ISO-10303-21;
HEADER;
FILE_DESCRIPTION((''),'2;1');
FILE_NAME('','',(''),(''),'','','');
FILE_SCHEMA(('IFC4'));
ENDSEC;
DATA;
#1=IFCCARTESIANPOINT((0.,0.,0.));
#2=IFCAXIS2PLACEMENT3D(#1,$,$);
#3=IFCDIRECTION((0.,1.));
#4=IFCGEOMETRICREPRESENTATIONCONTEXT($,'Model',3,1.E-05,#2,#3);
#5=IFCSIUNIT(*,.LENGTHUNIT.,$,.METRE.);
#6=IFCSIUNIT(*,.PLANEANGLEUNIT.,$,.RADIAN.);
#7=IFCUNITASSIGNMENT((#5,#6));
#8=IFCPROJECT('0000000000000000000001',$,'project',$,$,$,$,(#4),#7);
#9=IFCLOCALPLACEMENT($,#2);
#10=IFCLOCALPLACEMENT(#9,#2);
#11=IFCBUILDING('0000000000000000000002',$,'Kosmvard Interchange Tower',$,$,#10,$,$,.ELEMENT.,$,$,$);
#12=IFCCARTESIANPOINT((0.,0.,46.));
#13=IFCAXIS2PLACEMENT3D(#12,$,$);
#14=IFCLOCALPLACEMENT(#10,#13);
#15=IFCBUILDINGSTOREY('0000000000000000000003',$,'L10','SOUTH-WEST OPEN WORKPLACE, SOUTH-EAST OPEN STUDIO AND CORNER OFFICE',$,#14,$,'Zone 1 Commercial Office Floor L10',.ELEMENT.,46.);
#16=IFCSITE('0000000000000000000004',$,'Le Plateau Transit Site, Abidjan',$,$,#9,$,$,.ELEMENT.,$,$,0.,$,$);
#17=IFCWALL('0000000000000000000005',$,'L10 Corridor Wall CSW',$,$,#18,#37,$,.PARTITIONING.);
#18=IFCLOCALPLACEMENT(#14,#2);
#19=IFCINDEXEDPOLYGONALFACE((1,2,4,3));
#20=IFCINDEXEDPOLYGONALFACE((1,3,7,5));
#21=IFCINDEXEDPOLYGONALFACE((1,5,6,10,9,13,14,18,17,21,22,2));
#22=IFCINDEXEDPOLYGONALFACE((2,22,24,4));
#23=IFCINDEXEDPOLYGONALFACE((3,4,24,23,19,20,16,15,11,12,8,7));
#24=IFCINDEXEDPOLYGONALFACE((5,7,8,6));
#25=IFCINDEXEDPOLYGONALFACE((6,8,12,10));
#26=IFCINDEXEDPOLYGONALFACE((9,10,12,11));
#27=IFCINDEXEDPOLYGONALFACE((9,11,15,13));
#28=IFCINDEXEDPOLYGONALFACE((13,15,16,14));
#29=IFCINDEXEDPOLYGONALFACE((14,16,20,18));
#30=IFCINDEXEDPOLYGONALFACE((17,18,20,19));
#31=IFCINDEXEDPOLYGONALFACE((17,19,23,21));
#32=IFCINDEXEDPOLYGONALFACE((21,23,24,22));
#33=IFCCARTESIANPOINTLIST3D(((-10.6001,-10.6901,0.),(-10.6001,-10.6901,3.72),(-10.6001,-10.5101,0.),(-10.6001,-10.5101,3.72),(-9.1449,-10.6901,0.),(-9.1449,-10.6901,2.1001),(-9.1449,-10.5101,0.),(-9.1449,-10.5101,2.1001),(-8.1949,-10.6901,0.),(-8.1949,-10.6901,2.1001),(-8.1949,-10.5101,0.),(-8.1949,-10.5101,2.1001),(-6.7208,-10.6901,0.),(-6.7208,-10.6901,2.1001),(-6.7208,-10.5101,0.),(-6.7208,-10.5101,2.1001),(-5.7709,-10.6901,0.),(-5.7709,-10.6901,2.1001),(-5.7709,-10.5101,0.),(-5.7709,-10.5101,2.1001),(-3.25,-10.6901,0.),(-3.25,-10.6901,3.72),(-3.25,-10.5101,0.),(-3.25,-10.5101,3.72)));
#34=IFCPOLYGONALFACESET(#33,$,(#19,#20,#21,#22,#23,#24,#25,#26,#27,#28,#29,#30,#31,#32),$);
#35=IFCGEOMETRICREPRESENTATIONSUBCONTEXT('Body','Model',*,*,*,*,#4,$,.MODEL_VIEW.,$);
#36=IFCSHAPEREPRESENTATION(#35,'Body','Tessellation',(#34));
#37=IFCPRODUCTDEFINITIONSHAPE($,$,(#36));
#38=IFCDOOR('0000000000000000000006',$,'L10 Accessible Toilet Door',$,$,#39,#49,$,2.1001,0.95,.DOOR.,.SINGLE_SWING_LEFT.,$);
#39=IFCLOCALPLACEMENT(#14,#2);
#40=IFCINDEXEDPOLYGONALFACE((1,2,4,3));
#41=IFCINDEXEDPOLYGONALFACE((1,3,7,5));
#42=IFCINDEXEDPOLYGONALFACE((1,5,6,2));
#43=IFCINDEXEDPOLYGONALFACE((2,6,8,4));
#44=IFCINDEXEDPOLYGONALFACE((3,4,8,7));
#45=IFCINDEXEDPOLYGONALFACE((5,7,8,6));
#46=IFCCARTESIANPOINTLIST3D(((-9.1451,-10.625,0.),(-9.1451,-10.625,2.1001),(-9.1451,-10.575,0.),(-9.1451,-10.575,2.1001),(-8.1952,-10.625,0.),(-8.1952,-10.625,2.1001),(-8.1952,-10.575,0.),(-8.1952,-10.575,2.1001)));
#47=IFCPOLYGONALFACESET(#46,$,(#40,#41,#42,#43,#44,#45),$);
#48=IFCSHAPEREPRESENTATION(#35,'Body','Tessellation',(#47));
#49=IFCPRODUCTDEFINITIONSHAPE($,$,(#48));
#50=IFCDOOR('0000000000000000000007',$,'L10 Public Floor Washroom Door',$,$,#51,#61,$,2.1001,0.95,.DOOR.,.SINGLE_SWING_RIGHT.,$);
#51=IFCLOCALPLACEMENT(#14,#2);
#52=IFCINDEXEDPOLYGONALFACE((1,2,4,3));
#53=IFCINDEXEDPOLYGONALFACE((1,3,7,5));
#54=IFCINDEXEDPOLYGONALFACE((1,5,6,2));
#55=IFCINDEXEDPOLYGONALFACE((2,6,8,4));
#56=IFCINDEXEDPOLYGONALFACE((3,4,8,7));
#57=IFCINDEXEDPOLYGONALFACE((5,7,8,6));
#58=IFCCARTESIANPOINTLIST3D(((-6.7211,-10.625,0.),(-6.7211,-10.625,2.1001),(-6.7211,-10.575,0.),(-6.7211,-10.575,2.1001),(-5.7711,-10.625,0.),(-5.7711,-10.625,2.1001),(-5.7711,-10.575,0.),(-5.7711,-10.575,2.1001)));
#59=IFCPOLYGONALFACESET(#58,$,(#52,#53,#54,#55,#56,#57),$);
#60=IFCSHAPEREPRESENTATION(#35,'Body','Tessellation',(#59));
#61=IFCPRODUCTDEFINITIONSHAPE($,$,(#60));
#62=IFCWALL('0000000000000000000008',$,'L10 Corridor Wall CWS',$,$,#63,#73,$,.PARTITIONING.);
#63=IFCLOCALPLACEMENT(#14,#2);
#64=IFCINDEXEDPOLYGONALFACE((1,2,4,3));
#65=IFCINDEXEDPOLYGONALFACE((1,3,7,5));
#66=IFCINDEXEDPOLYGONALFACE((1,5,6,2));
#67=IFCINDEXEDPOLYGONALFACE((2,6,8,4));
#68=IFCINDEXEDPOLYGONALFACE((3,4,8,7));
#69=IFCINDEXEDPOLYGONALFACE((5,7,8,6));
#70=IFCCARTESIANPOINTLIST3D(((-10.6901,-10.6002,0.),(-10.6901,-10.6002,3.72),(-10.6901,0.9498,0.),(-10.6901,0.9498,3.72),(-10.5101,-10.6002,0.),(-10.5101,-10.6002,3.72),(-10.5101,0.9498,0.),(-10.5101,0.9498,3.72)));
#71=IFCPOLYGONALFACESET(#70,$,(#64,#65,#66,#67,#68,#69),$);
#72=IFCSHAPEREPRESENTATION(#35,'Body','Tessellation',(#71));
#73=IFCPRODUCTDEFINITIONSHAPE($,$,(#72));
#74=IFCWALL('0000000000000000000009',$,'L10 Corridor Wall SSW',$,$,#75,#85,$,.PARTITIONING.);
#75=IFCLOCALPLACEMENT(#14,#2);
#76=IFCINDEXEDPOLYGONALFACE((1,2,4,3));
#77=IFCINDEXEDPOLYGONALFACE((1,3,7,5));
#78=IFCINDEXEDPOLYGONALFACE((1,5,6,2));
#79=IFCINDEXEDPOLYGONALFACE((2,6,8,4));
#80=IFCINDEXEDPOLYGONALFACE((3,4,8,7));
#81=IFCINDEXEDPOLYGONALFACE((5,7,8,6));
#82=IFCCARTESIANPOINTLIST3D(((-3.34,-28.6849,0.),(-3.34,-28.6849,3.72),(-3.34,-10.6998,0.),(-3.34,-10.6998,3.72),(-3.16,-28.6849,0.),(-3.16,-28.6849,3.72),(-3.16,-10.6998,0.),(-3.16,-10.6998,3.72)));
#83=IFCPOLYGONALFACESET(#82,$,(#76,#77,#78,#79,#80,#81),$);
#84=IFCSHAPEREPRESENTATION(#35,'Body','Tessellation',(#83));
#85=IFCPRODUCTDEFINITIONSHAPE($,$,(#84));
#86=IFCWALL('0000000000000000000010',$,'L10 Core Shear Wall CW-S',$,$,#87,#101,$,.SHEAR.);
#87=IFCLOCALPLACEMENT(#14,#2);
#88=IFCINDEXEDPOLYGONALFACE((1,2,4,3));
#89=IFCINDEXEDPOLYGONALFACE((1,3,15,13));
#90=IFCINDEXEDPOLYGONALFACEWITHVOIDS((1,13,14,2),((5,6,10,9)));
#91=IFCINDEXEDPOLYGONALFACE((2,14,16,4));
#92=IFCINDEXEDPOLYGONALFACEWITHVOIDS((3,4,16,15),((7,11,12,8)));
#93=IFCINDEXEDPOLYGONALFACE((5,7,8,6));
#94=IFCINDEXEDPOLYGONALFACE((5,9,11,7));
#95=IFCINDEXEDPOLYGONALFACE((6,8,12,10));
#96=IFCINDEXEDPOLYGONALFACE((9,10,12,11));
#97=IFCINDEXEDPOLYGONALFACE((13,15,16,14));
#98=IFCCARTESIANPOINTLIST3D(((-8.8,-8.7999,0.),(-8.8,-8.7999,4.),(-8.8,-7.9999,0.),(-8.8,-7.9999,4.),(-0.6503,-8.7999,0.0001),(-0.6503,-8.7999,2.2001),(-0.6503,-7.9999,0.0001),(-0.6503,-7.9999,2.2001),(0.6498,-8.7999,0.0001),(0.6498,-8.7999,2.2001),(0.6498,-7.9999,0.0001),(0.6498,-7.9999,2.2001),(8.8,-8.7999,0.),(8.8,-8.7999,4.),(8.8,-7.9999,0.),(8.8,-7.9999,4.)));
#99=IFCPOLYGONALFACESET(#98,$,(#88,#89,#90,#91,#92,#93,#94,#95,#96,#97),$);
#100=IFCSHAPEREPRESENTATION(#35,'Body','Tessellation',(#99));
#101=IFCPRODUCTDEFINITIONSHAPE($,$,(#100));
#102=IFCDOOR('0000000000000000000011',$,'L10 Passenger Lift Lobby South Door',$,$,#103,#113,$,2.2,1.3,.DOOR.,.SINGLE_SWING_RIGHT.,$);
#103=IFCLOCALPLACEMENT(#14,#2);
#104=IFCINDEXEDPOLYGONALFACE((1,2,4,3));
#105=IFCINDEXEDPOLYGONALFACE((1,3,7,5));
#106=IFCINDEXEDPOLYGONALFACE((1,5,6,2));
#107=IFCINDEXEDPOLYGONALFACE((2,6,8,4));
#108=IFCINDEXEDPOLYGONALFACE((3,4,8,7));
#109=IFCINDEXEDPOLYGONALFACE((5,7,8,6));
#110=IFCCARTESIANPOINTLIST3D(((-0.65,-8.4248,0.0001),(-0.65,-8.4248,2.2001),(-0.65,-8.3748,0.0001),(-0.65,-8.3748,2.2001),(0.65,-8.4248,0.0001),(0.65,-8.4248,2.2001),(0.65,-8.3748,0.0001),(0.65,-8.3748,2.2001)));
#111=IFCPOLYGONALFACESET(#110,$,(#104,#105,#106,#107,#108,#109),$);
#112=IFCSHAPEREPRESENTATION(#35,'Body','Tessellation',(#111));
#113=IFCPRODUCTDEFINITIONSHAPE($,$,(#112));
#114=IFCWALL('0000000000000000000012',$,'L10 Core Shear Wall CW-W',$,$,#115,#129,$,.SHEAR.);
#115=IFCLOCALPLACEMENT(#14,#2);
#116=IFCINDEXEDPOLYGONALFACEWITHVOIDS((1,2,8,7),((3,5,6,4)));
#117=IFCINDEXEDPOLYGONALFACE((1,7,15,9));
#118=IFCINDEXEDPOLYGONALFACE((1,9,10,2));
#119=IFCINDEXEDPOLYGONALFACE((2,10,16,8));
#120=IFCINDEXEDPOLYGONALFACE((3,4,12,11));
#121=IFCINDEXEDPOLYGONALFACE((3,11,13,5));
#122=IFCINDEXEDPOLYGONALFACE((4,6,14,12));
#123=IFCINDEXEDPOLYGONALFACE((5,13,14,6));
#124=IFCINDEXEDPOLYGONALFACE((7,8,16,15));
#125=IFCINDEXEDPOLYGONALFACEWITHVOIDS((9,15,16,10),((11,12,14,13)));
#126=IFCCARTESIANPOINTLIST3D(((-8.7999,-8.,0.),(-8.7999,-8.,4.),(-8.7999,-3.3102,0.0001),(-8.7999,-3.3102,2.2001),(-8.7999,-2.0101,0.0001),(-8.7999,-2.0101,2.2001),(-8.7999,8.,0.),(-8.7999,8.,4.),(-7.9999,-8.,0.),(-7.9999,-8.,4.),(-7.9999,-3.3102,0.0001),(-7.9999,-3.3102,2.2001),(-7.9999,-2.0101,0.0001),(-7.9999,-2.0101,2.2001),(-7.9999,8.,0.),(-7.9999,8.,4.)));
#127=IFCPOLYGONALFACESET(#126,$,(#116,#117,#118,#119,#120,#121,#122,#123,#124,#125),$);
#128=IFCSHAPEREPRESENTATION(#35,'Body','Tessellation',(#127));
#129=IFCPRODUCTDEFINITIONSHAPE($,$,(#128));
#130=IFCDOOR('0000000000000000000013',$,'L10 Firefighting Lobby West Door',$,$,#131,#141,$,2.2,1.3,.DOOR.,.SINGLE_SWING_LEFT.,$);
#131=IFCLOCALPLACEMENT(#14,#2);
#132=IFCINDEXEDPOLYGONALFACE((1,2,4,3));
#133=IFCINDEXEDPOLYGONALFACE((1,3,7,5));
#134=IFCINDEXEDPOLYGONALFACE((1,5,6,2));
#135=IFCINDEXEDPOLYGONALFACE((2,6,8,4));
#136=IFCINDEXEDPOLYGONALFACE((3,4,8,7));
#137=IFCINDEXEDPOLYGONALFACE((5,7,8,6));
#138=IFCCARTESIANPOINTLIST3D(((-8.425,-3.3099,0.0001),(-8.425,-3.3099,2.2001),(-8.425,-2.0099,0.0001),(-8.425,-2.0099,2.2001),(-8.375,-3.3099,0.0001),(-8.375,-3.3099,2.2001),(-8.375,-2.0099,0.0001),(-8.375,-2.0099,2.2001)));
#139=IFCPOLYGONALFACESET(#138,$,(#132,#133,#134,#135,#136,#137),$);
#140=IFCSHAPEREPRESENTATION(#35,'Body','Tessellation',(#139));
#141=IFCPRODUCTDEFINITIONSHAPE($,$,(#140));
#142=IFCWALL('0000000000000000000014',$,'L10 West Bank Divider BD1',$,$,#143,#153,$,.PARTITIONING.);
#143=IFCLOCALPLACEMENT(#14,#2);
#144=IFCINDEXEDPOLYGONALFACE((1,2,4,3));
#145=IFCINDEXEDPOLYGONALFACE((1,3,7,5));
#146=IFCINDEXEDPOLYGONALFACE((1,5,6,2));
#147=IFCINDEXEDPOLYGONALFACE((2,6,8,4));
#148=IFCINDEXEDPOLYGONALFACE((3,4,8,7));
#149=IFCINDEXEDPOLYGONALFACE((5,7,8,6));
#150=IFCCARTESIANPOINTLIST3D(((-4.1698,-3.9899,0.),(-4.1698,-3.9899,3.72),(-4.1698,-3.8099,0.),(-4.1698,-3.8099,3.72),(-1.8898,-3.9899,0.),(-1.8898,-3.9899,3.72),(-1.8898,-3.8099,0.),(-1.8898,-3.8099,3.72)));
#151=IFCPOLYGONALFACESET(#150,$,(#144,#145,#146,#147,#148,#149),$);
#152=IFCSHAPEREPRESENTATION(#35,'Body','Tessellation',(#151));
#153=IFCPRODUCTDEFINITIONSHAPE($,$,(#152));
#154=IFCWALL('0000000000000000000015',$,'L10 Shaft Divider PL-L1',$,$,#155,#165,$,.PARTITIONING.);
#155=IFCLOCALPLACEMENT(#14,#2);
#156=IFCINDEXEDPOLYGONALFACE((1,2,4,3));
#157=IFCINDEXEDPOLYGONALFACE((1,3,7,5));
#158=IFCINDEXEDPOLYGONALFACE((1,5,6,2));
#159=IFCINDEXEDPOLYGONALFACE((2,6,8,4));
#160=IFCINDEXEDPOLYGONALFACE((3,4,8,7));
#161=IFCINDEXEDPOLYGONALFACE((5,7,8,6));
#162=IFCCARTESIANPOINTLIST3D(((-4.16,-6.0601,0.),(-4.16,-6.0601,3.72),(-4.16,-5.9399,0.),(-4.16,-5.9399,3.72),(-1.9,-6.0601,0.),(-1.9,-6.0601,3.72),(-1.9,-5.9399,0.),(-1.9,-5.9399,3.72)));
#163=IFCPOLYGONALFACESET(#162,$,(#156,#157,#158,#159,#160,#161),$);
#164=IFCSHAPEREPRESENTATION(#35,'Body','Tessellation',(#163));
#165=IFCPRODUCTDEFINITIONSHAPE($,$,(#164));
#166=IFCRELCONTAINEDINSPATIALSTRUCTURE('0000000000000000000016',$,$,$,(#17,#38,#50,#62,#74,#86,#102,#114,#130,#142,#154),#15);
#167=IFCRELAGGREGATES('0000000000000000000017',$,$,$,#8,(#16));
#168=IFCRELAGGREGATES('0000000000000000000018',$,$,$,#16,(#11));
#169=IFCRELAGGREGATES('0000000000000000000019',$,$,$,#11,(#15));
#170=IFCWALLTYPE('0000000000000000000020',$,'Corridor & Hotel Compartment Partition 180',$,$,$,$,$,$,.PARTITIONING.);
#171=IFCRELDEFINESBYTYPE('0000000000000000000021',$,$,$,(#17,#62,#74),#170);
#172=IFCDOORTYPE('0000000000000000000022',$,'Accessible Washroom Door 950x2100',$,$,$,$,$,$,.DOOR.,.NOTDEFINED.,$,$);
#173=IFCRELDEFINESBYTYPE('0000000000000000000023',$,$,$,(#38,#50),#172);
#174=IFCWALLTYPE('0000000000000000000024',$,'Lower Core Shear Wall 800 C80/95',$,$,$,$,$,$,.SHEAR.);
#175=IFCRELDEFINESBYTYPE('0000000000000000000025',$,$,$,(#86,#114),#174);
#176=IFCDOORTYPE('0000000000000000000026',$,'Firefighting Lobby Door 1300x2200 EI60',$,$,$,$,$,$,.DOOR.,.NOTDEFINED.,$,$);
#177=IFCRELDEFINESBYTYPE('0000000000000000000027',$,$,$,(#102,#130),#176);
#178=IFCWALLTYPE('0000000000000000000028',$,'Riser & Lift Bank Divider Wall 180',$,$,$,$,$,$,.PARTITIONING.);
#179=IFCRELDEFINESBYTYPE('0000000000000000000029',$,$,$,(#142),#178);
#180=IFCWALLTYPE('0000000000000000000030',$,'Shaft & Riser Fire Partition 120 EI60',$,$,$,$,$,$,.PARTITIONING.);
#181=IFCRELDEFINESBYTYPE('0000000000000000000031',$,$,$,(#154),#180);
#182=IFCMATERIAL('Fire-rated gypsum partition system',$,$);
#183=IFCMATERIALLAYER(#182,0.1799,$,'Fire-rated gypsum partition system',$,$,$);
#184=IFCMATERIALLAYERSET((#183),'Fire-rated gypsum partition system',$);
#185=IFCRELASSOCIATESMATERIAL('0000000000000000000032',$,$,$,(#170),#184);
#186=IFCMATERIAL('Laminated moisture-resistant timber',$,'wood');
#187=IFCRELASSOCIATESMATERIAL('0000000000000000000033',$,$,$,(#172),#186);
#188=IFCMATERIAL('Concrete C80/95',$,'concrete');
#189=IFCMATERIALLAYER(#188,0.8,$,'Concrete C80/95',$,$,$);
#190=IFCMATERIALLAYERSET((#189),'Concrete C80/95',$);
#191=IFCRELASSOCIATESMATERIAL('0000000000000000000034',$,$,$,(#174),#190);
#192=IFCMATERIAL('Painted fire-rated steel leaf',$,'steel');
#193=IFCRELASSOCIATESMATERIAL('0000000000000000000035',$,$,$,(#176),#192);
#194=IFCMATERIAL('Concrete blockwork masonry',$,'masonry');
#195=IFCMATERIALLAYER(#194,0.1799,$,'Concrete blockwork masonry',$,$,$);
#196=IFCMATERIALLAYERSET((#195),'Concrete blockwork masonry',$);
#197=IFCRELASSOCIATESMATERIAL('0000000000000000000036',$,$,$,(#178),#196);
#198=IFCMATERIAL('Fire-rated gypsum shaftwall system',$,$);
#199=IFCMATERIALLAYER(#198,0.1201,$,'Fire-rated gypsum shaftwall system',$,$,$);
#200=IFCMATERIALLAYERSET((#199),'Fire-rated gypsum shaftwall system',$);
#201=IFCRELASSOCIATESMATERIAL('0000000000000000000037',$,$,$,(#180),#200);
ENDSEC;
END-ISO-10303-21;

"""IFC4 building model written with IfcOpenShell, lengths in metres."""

from ifc_helpers import new_model, si_unit, direction, frame, frame_2d, origin, place, context, subcontext, project, spatial, rectangle, extrude, source, transform, mapped, material, layer, layer_set, type_object, element, fill, save


model = new_model("IFC4")

# Units and contexts
model_context = context("Model", 3, precision=1e-05, world=origin(), true_north=direction((0.0, 1.0)))
body_context = subcontext(model_context, "Body", "Model", "MODEL_VIEW")
ifc_project = project(units=[si_unit("LENGTHUNIT", "METRE"), si_unit("PLANEANGLEUNIT", "RADIAN")], contexts=[model_context])

# Site, building, storey
site_placement = place(None, origin())
site = spatial("IfcSite", under=ifc_project, at=site_placement, Name="Le Plateau Transit Site, Abidjan", CompositionType="ELEMENT", RefElevation=0.0)
building_placement = place(site_placement, origin())
building = spatial("IfcBuilding", under=site, at=building_placement, Name="Kosmvard Interchange Tower", CompositionType="ELEMENT")
storey_placement = place(building_placement, frame((0.0, 0.0, 46.0)))
storey = spatial("IfcBuildingStorey", under=building, at=storey_placement, Name="L10", Description="SOUTH-WEST OPEN WORKPLACE, SOUTH-EAST OPEN STUDIO AND CORNER OFFICE", LongName="Zone 1 Commercial Office Floor L10", CompositionType="ELEMENT", Elevation=46.0)

# Shared definitions
ifc_material_1 = material(Name="Concrete C80/95", Category="concrete")

# Wall, openings, doors
ifc_material_2 = material(Name="Fire-rated gypsum partition system")
ifc_layer_1 = layer(ifc_material_2, 0.1799, Name="Fire-rated gypsum partition system")
ifc_layer_set_1 = layer_set([ifc_layer_1], Name="Fire-rated gypsum partition system")
wall_type_1 = type_object("IfcWallType", Name="Corridor & Hotel Compartment Partition 180", PredefinedType="PARTITIONING", material=ifc_layer_set_1)
wall_1_placement = place(storey_placement, frame((-10.6001, -10.6001, 0.0), z_axis=(0.0, 0.0, 1.0), x_axis=(1.0, 0.0, 0.0)))
wall_1 = element("IfcWall", 1, at=wall_1_placement, inside=storey, type_object=wall_type_1, Name="L10 Corridor Wall CSW", PredefinedType="PARTITIONING", context=body_context, shape_type="SweptSolid", body=[
    extrude(rectangle(XDim=7.3501, YDim=0.1799, at=frame_2d((3.675, 0.0))), origin(), (0.0, 0.0, 1.0), 3.72),
])
opening_1_placement = place(wall_1_placement, frame((1.4551, 0.0, 0.0)))
opening_1 = element("IfcOpeningElement", 2, at=opening_1_placement, cuts=wall_1, PredefinedType="OPENING", context=body_context, shape_type="SweptSolid", body=[
    extrude(rectangle(XDim=0.95, YDim=2.1001, at=frame_2d((0.4751, 1.05))), frame((0.0, 0.1001, 0.0), z_axis=(0.0, -1.0, 0.0), x_axis=(1.0, 0.0, 0.0)), (0.0, 0.0, 1.0), 0.2),
])
opening_2_placement = place(wall_1_placement, frame((3.8792, 0.0, 0.0)))
opening_2 = element("IfcOpeningElement", 3, at=opening_2_placement, cuts=wall_1, PredefinedType="OPENING", context=body_context, shape_type="SweptSolid", body=[
    extrude(rectangle(XDim=0.95, YDim=2.1001, at=frame_2d((0.4751, 1.05))), frame((0.0, 0.1001, 0.0), z_axis=(0.0, -1.0, 0.0), x_axis=(1.0, 0.0, 0.0)), (0.0, 0.0, 1.0), 0.2),
])
ifc_material_3 = material(Name="Laminated moisture-resistant timber", Category="wood")
door_type_1 = type_object("IfcDoorType", Name="Accessible Washroom Door 950x2100", OperationType="NOTDEFINED", PredefinedType="DOOR", material=ifc_material_3)
shared_shape_1 = source(origin(), body_context, "Body", "SweptSolid", [
    extrude(rectangle(XDim=0.95, YDim=2.1001, at=frame_2d((0.4751, 1.05))), frame((0.0, 0.0249, 0.0), z_axis=(0.0, -1.0, 0.0), x_axis=(1.0, 0.0, 0.0)), (0.0, 0.0, 1.0), 0.05),
])
door_1_placement = place(opening_1_placement, frame((0.95, 0.0, 0.0), z_axis=(0.0, 0.0, 1.0), x_axis=(-1.0, 0.0, 0.0)))
door_1 = element("IfcDoor", 4, at=door_1_placement, inside=storey, type_object=door_type_1, Name="L10 Accessible Toilet Door", OperationType="SINGLE_SWING_LEFT", OverallHeight=2.1001, OverallWidth=0.95, PredefinedType="DOOR", context=body_context, shape_type="MappedRepresentation", body=[
    mapped(shared_shape_1, transform((0.0, 0.0, 0.0), scale=1.0)),
])
fill(opening_1, door_1)
door_2_placement = place(opening_2_placement, frame((0.95, 0.0, 0.0), z_axis=(0.0, 0.0, 1.0), x_axis=(-1.0, 0.0, 0.0)))
door_2 = element("IfcDoor", 5, at=door_2_placement, inside=storey, type_object=door_type_1, Name="L10 Public Floor Washroom Door", OperationType="SINGLE_SWING_RIGHT", OverallHeight=2.1001, OverallWidth=0.95, PredefinedType="DOOR", context=body_context, shape_type="MappedRepresentation", body=[
    mapped(shared_shape_1, transform((0.0, 0.0, 0.0), scale=1.0)),
])
fill(opening_2, door_2)

# Walls
wall_2_placement = place(storey_placement, frame((-10.6001, -10.6001, 0.0), z_axis=(0.0, 0.0, 1.0), x_axis=(0.0, 1.0, 0.0)))
element("IfcWall", 6, at=wall_2_placement, inside=storey, type_object=wall_type_1, Name="L10 Corridor Wall CWS", PredefinedType="PARTITIONING", context=body_context, shape_type="SweptSolid", body=[
    extrude(rectangle(XDim=11.55, YDim=0.1799, at=frame_2d((5.7749, 0.0))), origin(), (0.0, 0.0, 1.0), 3.72),
])
wall_3_placement = place(storey_placement, frame((-3.25, -28.6851, 0.0), z_axis=(0.0, 0.0, 1.0), x_axis=(0.0, 1.0, 0.0)))
element("IfcWall", 7, at=wall_3_placement, inside=storey, type_object=wall_type_1, Name="L10 Corridor Wall SSW", PredefinedType="PARTITIONING", context=body_context, shape_type="SweptSolid", body=[
    extrude(rectangle(XDim=17.9851, YDim=0.1799, at=frame_2d((8.9927, 0.0))), origin(), (0.0, 0.0, 1.0), 3.72),
])

# Walls, openings, doors
ifc_layer_2 = layer(ifc_material_1, 0.8, Name="Concrete C80/95")
ifc_layer_set_2 = layer_set([ifc_layer_2], Name="Concrete C80/95")
wall_type_2 = type_object("IfcWallType", Name="Lower Core Shear Wall 800 C80/95", PredefinedType="SHEAR", material=ifc_layer_set_2)
wall_4_placement = place(storey_placement, frame((-8.8, -8.3999, 0.0), z_axis=(0.0, 0.0, 1.0), x_axis=(1.0, 0.0, 0.0)))
wall_4 = element("IfcWall", 8, at=wall_4_placement, inside=storey, type_object=wall_type_2, Name="L10 Core Shear Wall CW-S", PredefinedType="SHEAR", context=body_context, shape_type="SweptSolid", body=[
    extrude(rectangle(XDim=17.6001, YDim=0.8, at=frame_2d((8.8, 0.0))), origin(), (0.0, 0.0, 1.0), 4.0),
])
opening_3_placement = place(wall_4_placement, frame((8.1499, 0.0, 0.0)))
opening_3 = element("IfcOpeningElement", 9, at=opening_3_placement, cuts=wall_4, PredefinedType="OPENING", context=body_context, shape_type="SweptSolid", body=[
    extrude(rectangle(XDim=1.3, YDim=2.2, at=frame_2d((0.6499, 1.1001))), frame((0.0, 0.4102, 0.0), z_axis=(0.0, -1.0, 0.0), x_axis=(1.0, 0.0, 0.0)), (0.0, 0.0, 1.0), 0.8201),
])
ifc_material_4 = material(Name="Painted fire-rated steel leaf", Category="steel")
door_type_2 = type_object("IfcDoorType", Name="Firefighting Lobby Door 1300x2200 EI60", OperationType="NOTDEFINED", PredefinedType="DOOR", material=ifc_material_4)
shared_shape_2 = source(origin(), body_context, "Body", "SweptSolid", [
    extrude(rectangle(XDim=1.3, YDim=2.2, at=frame_2d((0.6499, 1.1001))), frame((0.0, 0.0249, 0.0), z_axis=(0.0, -1.0, 0.0), x_axis=(1.0, 0.0, 0.0)), (0.0, 0.0, 1.0), 0.05),
])
door_3_placement = place(opening_3_placement, frame((1.3, 0.0, 0.0), z_axis=(0.0, 0.0, 1.0), x_axis=(-1.0, 0.0, 0.0)))
door_3 = element("IfcDoor", 10, at=door_3_placement, inside=storey, type_object=door_type_2, Name="L10 Passenger Lift Lobby South Door", OperationType="SINGLE_SWING_RIGHT", OverallHeight=2.2, OverallWidth=1.3, PredefinedType="DOOR", context=body_context, shape_type="MappedRepresentation", body=[
    mapped(shared_shape_2, transform((0.0, 0.0, 0.0), scale=1.0)),
])
fill(opening_3, door_3)
wall_5_placement = place(storey_placement, frame((-8.3999, -8.0, 0.0), z_axis=(0.0, 0.0, 1.0), x_axis=(0.0, 1.0, 0.0)))
wall_5 = element("IfcWall", 11, at=wall_5_placement, inside=storey, type_object=wall_type_2, Name="L10 Core Shear Wall CW-W", PredefinedType="SHEAR", context=body_context, shape_type="SweptSolid", body=[
    extrude(rectangle(XDim=16.0, YDim=0.8, at=frame_2d((8.0, 0.0))), origin(), (0.0, 0.0, 1.0), 4.0),
])
opening_4_placement = place(wall_5_placement, frame((4.6899, 0.0, 0.0)))
opening_4 = element("IfcOpeningElement", 12, at=opening_4_placement, cuts=wall_5, PredefinedType="OPENING", context=body_context, shape_type="SweptSolid", body=[
    extrude(rectangle(XDim=1.3, YDim=2.2, at=frame_2d((0.6499, 1.1001))), frame((0.0, 0.4102, 0.0), z_axis=(0.0, -1.0, 0.0), x_axis=(1.0, 0.0, 0.0)), (0.0, 0.0, 1.0), 0.8201),
])
door_4_placement = place(opening_4_placement, frame((1.3, 0.0, 0.0), z_axis=(0.0, 0.0, 1.0), x_axis=(-1.0, 0.0, 0.0)))
door_4 = element("IfcDoor", 13, at=door_4_placement, inside=storey, type_object=door_type_2, Name="L10 Firefighting Lobby West Door", OperationType="SINGLE_SWING_LEFT", OverallHeight=2.2, OverallWidth=1.3, PredefinedType="DOOR", context=body_context, shape_type="MappedRepresentation", body=[
    mapped(shared_shape_2, transform((0.0, 0.0, 0.0), scale=1.0)),
])
fill(opening_4, door_4)

# Walls
ifc_material_5 = material(Name="Concrete blockwork masonry", Category="masonry")
ifc_layer_3 = layer(ifc_material_5, 0.1799, Name="Concrete blockwork masonry")
ifc_layer_set_3 = layer_set([ifc_layer_3], Name="Concrete blockwork masonry")
wall_type_3 = type_object("IfcWallType", Name="Riser & Lift Bank Divider Wall 180", PredefinedType="PARTITIONING", material=ifc_layer_set_3)
wall_6_placement = place(storey_placement, frame((-4.1699, -3.8999, 0.0), z_axis=(0.0, 0.0, 1.0), x_axis=(1.0, 0.0, 0.0)))
element("IfcWall", 14, at=wall_6_placement, inside=storey, type_object=wall_type_3, Name="L10 West Bank Divider BD1", PredefinedType="PARTITIONING", context=body_context, shape_type="SweptSolid", body=[
    extrude(rectangle(XDim=2.28, YDim=0.1799, at=frame_2d((1.1401, 0.0))), origin(), (0.0, 0.0, 1.0), 3.72),
])
ifc_material_6 = material(Name="Fire-rated gypsum shaftwall system")
ifc_layer_4 = layer(ifc_material_6, 0.1201, Name="Fire-rated gypsum shaftwall system")
ifc_layer_set_4 = layer_set([ifc_layer_4], Name="Fire-rated gypsum shaftwall system")
wall_type_4 = type_object("IfcWallType", Name="Shaft & Riser Fire Partition 120 EI60", PredefinedType="PARTITIONING", material=ifc_layer_set_4)
wall_7_placement = place(storey_placement, frame((-4.1599, -6.0, 0.0), z_axis=(0.0, 0.0, 1.0), x_axis=(1.0, 0.0, 0.0)))
element("IfcWall", 15, at=wall_7_placement, inside=storey, type_object=wall_type_4, Name="L10 Shaft Divider PL-L1", PredefinedType="PARTITIONING", context=body_context, shape_type="SweptSolid", body=[
    extrude(rectangle(XDim=2.26, YDim=0.1201, at=frame_2d((1.1299, 0.0))), origin(), (0.0, 0.0, 1.0), 3.72),
])

save(model, "model.ifc")
